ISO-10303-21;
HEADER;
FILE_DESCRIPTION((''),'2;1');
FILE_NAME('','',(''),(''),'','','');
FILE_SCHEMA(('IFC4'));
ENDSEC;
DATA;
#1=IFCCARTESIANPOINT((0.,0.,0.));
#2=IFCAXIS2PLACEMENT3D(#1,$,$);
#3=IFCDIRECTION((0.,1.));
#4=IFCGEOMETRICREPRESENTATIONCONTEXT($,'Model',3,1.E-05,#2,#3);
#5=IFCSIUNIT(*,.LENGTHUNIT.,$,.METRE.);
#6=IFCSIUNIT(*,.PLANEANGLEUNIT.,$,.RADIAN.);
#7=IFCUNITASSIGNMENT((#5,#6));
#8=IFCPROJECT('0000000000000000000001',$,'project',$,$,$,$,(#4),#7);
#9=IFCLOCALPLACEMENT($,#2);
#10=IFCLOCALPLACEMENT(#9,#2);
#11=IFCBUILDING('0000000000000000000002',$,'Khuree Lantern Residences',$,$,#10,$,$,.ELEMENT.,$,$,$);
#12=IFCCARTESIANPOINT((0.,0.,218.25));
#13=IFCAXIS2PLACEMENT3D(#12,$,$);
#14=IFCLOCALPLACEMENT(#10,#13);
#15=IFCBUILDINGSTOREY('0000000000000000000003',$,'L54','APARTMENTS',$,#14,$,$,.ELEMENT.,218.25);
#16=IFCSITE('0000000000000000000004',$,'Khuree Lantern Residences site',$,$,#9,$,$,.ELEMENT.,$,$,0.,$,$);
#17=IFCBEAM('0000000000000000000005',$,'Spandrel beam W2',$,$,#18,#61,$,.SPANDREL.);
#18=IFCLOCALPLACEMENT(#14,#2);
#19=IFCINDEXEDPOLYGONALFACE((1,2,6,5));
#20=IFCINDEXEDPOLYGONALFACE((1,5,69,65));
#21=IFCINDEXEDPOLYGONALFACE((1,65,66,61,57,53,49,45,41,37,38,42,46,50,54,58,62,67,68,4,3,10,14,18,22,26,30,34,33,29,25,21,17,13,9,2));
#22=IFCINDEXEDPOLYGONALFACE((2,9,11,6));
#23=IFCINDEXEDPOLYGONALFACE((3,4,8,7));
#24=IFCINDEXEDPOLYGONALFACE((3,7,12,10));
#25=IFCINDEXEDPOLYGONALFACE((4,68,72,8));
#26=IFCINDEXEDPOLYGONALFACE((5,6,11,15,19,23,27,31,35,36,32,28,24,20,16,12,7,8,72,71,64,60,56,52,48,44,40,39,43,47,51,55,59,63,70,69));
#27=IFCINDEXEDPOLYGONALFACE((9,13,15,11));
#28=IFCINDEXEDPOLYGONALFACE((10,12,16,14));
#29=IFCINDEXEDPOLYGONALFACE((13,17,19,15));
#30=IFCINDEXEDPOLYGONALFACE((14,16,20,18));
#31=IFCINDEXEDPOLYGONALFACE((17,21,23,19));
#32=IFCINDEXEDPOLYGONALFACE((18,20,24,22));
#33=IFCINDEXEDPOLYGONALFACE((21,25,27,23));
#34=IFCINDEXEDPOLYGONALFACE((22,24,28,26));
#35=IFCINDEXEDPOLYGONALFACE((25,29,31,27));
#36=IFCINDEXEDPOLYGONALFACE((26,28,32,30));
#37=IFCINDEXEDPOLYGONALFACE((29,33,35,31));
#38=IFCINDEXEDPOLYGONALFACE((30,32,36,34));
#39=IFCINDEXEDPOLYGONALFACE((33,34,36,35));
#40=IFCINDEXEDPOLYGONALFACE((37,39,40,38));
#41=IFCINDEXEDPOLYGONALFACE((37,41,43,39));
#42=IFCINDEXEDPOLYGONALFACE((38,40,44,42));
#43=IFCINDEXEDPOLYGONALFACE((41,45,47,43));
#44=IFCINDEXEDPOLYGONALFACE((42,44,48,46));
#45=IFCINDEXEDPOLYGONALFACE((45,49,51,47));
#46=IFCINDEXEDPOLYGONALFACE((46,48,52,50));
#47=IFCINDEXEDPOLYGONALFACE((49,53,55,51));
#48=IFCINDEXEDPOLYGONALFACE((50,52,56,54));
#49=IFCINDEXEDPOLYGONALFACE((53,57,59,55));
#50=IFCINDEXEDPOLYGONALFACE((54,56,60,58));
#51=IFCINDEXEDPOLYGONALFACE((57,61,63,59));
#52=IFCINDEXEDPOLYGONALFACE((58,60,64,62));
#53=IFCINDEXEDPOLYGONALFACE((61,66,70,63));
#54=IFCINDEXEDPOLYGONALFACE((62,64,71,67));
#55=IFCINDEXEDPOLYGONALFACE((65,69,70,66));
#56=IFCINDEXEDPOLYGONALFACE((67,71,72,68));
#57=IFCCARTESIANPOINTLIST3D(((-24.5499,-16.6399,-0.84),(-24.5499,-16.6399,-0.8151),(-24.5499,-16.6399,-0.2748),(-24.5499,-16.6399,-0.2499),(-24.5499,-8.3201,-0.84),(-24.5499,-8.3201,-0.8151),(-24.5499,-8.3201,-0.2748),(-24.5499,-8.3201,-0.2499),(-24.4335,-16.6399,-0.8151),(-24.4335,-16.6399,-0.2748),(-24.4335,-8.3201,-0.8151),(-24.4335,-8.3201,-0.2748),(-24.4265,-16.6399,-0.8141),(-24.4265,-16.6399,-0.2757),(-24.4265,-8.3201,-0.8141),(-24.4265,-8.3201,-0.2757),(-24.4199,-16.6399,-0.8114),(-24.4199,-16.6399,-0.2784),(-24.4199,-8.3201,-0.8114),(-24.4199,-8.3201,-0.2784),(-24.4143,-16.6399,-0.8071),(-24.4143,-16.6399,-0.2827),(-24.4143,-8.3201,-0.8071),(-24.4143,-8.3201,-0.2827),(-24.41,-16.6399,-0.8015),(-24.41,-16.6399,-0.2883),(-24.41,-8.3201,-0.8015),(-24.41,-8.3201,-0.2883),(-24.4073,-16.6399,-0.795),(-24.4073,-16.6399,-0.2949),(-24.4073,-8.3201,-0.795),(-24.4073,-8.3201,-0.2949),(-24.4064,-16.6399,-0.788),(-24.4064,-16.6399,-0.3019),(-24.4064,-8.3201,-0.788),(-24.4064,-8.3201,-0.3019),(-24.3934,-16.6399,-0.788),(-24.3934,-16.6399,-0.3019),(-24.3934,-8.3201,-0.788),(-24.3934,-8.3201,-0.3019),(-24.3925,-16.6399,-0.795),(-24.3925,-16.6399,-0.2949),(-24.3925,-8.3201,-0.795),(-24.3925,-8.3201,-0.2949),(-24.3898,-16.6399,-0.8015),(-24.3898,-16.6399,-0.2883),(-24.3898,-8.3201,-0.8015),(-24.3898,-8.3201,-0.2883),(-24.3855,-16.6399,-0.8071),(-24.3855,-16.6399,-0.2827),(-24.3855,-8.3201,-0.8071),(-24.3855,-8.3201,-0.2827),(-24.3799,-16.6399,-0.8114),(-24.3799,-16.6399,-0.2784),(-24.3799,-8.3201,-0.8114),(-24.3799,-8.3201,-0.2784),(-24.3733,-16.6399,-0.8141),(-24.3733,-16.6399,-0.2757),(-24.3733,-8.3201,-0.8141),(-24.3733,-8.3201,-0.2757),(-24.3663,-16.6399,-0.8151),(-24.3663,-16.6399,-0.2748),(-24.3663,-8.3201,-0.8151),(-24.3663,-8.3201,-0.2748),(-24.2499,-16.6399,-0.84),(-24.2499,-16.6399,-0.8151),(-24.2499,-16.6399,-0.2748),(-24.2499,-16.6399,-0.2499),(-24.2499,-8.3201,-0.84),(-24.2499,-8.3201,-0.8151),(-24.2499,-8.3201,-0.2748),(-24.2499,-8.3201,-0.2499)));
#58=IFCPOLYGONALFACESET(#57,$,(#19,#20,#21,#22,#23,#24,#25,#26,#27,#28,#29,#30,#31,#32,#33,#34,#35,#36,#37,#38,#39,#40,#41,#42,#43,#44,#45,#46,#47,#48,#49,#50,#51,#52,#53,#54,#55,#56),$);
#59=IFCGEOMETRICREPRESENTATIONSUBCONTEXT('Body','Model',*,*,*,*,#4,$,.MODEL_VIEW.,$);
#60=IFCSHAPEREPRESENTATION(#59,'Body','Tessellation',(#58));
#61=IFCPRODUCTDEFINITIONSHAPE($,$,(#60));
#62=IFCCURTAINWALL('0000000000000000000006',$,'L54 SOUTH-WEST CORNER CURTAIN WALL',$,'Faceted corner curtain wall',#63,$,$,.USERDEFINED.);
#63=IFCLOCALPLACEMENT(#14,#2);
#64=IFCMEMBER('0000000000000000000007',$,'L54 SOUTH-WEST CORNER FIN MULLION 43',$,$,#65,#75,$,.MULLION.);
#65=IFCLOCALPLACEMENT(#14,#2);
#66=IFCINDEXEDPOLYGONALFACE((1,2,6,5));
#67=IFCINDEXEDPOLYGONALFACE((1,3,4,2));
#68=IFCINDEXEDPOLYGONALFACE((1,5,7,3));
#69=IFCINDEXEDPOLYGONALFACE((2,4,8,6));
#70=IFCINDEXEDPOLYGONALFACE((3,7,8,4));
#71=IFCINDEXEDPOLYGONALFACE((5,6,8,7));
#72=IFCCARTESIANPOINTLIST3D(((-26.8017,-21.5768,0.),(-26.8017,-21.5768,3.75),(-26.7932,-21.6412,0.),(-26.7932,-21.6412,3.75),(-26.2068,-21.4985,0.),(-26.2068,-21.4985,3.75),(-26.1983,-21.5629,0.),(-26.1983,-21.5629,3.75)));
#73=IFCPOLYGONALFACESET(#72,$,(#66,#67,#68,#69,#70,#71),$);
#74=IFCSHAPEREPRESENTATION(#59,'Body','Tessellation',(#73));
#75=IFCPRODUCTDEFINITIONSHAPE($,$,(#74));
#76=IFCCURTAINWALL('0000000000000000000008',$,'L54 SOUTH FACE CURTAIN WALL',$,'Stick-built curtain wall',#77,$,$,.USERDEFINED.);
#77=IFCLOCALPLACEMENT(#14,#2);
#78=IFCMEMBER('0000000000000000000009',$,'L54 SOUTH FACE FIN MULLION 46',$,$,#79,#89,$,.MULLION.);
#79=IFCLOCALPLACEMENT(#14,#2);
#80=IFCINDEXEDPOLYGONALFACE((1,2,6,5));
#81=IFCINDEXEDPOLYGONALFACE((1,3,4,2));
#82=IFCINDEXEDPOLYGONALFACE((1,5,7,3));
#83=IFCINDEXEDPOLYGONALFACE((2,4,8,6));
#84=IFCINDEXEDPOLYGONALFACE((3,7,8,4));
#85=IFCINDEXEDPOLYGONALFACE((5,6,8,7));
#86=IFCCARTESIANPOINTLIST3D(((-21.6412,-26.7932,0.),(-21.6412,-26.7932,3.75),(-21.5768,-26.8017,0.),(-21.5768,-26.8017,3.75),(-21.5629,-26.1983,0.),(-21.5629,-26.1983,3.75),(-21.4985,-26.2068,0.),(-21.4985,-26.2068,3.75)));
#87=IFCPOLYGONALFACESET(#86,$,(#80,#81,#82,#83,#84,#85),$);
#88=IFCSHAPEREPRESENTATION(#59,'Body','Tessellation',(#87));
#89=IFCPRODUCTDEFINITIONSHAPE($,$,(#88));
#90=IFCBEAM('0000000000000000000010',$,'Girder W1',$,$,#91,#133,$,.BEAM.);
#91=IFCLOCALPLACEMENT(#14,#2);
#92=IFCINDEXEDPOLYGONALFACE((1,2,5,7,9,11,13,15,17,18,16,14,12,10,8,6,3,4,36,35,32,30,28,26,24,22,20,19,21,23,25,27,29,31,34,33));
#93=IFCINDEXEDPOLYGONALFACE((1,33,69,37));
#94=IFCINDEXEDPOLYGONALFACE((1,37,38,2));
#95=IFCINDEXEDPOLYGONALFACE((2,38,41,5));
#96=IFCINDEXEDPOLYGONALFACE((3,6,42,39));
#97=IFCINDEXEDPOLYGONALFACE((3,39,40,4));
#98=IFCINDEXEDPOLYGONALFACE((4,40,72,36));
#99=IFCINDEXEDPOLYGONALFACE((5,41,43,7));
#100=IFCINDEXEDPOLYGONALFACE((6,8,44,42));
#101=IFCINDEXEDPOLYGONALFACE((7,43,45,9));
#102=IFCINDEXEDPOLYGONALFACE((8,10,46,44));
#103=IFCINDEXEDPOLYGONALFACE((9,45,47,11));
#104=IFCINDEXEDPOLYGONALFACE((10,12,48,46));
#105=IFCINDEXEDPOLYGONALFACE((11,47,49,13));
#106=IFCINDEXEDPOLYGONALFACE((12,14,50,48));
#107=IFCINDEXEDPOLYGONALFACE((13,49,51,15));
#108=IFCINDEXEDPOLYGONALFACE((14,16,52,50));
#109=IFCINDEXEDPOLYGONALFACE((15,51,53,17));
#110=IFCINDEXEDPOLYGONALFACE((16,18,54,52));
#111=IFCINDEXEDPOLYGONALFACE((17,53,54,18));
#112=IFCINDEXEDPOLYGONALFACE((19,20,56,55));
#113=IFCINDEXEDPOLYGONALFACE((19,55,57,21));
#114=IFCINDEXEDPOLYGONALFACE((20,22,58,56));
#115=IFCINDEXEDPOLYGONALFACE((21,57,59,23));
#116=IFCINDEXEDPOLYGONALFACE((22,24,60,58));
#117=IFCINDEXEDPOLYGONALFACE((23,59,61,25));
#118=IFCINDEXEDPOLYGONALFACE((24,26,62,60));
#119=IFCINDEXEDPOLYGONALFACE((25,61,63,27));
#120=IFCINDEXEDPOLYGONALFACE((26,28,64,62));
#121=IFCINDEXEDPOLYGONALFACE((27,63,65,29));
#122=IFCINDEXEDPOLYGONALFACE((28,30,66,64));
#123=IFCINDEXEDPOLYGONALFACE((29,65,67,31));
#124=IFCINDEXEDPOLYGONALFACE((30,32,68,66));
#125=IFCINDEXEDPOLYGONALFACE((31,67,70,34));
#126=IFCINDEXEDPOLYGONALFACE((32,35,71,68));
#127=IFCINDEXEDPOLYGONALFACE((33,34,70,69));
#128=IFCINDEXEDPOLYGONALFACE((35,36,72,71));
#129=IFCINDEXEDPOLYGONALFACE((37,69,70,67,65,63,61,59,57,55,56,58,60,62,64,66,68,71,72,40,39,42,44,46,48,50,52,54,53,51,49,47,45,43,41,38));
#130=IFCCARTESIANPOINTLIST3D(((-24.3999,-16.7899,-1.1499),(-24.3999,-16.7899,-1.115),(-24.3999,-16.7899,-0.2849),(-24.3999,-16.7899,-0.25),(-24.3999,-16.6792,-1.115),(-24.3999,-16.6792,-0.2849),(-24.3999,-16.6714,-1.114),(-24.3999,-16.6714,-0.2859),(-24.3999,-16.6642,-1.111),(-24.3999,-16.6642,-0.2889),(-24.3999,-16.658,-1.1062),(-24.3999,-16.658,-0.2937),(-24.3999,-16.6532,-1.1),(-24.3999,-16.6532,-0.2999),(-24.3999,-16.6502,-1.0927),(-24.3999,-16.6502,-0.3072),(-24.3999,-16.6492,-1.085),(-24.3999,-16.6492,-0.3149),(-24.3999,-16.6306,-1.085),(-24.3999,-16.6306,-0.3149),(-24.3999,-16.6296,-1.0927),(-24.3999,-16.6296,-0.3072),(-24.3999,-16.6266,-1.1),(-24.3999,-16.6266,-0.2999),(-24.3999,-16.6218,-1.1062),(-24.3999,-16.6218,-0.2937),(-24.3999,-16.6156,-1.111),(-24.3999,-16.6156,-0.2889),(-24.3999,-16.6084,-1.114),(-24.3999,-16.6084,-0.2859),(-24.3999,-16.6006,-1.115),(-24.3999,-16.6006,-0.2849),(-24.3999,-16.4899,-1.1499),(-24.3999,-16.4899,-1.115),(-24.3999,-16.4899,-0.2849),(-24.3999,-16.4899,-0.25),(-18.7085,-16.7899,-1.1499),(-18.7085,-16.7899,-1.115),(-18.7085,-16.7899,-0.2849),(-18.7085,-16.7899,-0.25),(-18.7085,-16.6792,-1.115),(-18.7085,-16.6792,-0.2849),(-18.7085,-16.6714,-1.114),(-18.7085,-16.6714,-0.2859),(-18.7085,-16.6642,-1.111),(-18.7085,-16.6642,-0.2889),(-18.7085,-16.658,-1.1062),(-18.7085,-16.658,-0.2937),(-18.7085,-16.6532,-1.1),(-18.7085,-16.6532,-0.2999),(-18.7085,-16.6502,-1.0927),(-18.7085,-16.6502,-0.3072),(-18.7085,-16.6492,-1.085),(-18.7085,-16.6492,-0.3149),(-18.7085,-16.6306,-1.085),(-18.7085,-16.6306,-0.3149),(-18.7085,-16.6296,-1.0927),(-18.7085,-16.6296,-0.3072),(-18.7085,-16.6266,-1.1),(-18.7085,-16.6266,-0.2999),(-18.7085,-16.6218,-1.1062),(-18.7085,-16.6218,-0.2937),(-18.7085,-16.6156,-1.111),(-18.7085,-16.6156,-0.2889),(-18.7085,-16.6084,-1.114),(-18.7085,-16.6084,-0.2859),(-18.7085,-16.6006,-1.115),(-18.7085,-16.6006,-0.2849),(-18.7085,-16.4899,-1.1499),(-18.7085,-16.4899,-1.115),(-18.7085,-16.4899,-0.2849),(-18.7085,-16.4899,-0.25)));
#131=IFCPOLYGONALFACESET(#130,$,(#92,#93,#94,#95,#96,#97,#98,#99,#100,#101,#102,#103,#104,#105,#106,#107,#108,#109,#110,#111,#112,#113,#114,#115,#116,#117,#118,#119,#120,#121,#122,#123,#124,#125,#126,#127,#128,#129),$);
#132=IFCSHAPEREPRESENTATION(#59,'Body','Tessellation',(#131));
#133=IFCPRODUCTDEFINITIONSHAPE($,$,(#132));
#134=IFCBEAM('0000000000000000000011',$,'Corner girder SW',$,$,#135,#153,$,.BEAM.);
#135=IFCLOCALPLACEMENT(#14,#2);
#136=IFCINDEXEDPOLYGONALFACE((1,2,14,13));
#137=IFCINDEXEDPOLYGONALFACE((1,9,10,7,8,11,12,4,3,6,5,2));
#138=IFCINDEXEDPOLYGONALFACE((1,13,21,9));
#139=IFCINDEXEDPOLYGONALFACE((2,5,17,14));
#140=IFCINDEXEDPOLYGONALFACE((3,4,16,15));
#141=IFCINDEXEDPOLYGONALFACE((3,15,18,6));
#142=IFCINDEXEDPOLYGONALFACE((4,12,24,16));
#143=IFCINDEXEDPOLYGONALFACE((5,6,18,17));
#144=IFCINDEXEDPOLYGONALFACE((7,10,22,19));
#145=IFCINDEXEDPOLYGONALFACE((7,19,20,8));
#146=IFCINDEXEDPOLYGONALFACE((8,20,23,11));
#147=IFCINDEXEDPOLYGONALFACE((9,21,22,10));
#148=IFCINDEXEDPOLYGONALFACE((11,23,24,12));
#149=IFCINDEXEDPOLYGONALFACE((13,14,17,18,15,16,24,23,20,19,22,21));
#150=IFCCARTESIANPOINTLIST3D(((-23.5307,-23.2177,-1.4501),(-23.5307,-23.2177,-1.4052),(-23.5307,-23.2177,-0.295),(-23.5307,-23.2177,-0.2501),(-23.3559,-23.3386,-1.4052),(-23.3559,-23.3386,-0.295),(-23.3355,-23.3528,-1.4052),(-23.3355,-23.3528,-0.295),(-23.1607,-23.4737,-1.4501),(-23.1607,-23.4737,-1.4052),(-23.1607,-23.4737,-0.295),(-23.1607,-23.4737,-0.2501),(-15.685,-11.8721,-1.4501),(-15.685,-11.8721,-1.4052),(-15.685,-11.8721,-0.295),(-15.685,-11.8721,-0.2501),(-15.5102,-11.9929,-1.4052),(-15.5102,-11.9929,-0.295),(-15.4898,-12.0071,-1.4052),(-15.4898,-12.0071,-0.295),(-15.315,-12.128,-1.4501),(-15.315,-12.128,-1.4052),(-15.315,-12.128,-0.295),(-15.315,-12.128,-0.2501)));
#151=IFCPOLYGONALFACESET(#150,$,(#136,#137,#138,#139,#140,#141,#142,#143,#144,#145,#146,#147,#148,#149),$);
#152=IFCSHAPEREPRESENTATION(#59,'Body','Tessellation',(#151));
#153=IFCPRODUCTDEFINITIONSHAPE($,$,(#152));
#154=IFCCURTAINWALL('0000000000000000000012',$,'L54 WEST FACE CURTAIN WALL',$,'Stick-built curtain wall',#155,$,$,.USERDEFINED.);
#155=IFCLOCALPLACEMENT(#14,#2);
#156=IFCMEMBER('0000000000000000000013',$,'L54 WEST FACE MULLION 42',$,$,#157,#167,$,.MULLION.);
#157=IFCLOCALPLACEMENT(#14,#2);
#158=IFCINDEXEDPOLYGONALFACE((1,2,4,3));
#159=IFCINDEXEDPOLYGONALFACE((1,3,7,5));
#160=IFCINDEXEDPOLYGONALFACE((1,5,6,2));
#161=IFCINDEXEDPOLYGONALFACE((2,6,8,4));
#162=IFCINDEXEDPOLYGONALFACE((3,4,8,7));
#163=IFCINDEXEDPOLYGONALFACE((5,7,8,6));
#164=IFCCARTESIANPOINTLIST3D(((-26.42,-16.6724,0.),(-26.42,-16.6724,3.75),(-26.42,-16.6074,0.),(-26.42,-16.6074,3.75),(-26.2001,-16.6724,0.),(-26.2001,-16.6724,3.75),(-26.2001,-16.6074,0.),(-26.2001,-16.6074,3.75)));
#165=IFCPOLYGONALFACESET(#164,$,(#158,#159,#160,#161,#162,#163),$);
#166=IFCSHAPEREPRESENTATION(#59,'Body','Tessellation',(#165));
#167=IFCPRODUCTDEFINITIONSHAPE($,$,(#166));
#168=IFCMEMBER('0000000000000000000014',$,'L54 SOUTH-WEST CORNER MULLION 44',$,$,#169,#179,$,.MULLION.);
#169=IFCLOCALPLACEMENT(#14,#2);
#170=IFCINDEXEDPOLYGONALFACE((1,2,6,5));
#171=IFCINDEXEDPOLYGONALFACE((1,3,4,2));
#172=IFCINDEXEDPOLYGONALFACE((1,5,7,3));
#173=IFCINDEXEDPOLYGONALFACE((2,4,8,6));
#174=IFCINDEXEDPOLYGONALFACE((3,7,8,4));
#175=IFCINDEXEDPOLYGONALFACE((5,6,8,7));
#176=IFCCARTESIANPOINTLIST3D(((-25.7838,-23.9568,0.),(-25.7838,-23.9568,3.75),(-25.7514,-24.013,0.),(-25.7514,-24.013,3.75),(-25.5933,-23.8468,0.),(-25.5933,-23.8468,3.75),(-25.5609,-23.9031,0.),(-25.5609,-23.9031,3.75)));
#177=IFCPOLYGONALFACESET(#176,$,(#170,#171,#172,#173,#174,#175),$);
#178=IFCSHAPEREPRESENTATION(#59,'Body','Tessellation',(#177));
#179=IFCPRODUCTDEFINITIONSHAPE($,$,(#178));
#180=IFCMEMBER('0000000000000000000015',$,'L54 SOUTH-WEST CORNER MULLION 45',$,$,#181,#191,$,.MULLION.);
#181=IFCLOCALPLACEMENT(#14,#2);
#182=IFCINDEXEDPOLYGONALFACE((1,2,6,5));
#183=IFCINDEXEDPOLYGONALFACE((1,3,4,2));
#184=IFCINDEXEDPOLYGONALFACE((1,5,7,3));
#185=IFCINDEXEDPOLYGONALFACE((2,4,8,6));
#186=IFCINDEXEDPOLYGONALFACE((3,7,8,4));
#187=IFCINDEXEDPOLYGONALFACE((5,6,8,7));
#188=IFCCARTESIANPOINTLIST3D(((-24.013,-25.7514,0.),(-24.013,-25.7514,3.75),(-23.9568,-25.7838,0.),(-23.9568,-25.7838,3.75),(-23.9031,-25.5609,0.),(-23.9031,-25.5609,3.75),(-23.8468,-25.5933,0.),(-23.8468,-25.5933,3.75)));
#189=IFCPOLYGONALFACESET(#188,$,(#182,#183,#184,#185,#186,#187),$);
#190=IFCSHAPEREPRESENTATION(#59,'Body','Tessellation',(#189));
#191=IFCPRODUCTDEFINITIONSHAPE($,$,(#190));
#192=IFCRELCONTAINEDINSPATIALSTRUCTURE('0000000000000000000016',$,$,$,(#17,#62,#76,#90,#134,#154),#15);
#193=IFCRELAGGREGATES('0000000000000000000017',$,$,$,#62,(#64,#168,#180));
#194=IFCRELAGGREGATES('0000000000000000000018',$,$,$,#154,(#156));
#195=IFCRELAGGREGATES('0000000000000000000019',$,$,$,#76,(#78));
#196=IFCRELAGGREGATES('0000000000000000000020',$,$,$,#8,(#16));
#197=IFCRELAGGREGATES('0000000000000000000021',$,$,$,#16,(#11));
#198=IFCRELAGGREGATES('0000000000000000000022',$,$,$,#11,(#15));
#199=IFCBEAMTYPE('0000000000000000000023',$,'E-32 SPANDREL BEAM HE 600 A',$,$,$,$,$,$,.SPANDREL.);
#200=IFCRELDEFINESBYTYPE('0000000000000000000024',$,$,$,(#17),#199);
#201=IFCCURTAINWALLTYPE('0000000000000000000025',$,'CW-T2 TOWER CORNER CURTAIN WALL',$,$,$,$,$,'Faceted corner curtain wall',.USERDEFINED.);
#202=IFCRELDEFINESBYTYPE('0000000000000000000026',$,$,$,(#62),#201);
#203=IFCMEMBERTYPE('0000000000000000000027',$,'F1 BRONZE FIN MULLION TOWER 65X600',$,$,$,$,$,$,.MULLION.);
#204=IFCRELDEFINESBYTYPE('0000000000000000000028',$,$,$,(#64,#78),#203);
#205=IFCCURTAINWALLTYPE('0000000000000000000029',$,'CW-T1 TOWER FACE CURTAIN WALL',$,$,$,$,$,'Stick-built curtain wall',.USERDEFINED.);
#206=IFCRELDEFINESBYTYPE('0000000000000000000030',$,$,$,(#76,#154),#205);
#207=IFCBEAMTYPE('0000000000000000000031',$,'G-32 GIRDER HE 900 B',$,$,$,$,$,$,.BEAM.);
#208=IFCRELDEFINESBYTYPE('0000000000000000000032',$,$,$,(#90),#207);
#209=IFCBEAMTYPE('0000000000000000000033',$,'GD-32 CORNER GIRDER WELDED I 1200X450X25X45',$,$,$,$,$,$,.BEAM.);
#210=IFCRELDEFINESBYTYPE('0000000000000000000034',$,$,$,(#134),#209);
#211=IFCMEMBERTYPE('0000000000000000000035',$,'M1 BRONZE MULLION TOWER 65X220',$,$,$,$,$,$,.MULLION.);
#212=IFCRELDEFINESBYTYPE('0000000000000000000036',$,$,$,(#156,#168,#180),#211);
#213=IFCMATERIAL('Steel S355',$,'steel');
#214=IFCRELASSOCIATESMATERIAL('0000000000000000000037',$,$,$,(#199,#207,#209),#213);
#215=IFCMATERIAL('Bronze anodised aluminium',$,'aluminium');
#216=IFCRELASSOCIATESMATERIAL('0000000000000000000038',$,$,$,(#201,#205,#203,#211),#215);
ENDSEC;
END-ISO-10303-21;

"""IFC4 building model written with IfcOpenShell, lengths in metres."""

from ifc_helpers import new_model, si_unit, direction, frame, origin, origin_2d, place, context, subcontext, project, spatial, rectangle, i_section, extrude, material, material_profile, profile_set, type_object, element, aggregate, save


model = new_model("IFC4")

# Units and contexts
model_context = context("Model", 3, precision=1e-05, world=origin(), true_north=direction((0.0, 1.0)))
body_context = subcontext(model_context, "Body", "Model", "MODEL_VIEW")
ifc_project = project(units=[si_unit("LENGTHUNIT", "METRE"), si_unit("PLANEANGLEUNIT", "RADIAN")], contexts=[model_context])

# Site, building, storey
site_placement = place(None, origin())
site = spatial("IfcSite", under=ifc_project, at=site_placement, Name="Khuree Lantern Residences site", CompositionType="ELEMENT", RefElevation=0.0)
building_placement = place(site_placement, origin())
building = spatial("IfcBuilding", under=site, at=building_placement, Name="Khuree Lantern Residences", CompositionType="ELEMENT")
storey_placement = place(building_placement, frame((0.0, 0.0, 218.25)))
storey = spatial("IfcBuildingStorey", under=building, at=storey_placement, Name="L54", Description="APARTMENTS", CompositionType="ELEMENT", Elevation=218.25)

# Beam
ifc_material_1 = material(Name="Steel S355", Category="steel")
ifc_material_profile_1 = material_profile(ifc_material_1, i_section(OverallWidth=0.3, OverallDepth=0.5901, WebThickness=0.0129, FlangeThickness=0.0249, FilletRadius=0.0271, at=origin_2d()), Name="HE 600 A")
ifc_profile_set_1 = profile_set([ifc_material_profile_1], Name="Steel S355")
beam_type_1 = type_object("IfcBeamType", Name="E-32 SPANDREL BEAM HE 600 A", PredefinedType="SPANDREL", material=ifc_profile_set_1)
beam_1_placement = place(storey_placement, frame((-24.3999, -16.6399, -0.5449), z_axis=(0.0, 1.0, 0.0), x_axis=(-1.0, 0.0, 0.0)))
element("IfcBeam", 1, at=beam_1_placement, inside=storey, type_object=beam_type_1, Name="Spandrel beam W2", PredefinedType="SPANDREL", context=body_context, shape_type="SweptSolid", body=[
    extrude(i_section(OverallWidth=0.3, OverallDepth=0.5901, WebThickness=0.0129, FlangeThickness=0.0249, FilletRadius=0.0271, at=origin_2d()), origin(), (0.0, 0.0, 1.0), 8.3198),
])

# Curtain walls, members
ifc_material_2 = material(Name="Bronze anodised aluminium", Category="aluminium")
curtain_wall_type_1 = type_object("IfcCurtainWallType", Name="CW-T2 TOWER CORNER CURTAIN WALL", ElementType="Faceted corner curtain wall", PredefinedType="USERDEFINED", material=ifc_material_2)
curtain_wall_1_placement = place(storey_placement, origin())
curtain_wall_1 = element("IfcCurtainWall", 2, at=curtain_wall_1_placement, inside=storey, type_object=curtain_wall_type_1, Name="L54 SOUTH-WEST CORNER CURTAIN WALL", ObjectType="Faceted corner curtain wall", PredefinedType="USERDEFINED")
ifc_material_profile_2 = material_profile(ifc_material_2, rectangle(XDim=0.0649, YDim=0.6001, at=origin_2d()), Name="F1 65X600")
ifc_profile_set_2 = profile_set([ifc_material_profile_2], Name="Bronze anodised aluminium")
member_type_1 = type_object("IfcMemberType", Name="F1 BRONZE FIN MULLION TOWER 65X600", PredefinedType="MULLION", material=ifc_profile_set_2)
member_1_placement = place(storey_placement, frame((-26.5, -21.5698, 0.0), z_axis=(0.0, 0.0, 1.0), x_axis=(0.130526, -0.991445, 0.0)))
member_1 = element("IfcMember", 3, at=member_1_placement, type_object=member_type_1, Name="L54 SOUTH-WEST CORNER FIN MULLION 43", PredefinedType="MULLION", context=body_context, shape_type="SweptSolid", body=[
    extrude(rectangle(XDim=0.0649, YDim=0.6001, at=origin_2d()), origin(), (0.0, 0.0, 1.0), 3.75),
])
curtain_wall_type_2 = type_object("IfcCurtainWallType", Name="CW-T1 TOWER FACE CURTAIN WALL", ElementType="Stick-built curtain wall", PredefinedType="USERDEFINED", material=ifc_material_2)
curtain_wall_2_placement = place(storey_placement, origin())
curtain_wall_2 = element("IfcCurtainWall", 4, at=curtain_wall_2_placement, inside=storey, type_object=curtain_wall_type_2, Name="L54 SOUTH FACE CURTAIN WALL", ObjectType="Stick-built curtain wall", PredefinedType="USERDEFINED")
member_2_placement = place(storey_placement, frame((-21.5698, -26.5, 0.0), z_axis=(0.0, 0.0, 1.0), x_axis=(0.991445, -0.130526, 0.0)))
member_2 = element("IfcMember", 5, at=member_2_placement, type_object=member_type_1, Name="L54 SOUTH FACE FIN MULLION 46", PredefinedType="MULLION", context=body_context, shape_type="SweptSolid", body=[
    extrude(rectangle(XDim=0.0649, YDim=0.6001, at=origin_2d()), origin(), (0.0, 0.0, 1.0), 3.75),
])

# Beams
ifc_material_profile_3 = material_profile(ifc_material_1, i_section(OverallWidth=0.3, OverallDepth=0.8999, WebThickness=0.0186, FlangeThickness=0.0349, FilletRadius=0.03, at=origin_2d()), Name="HE 900 B")
ifc_profile_set_3 = profile_set([ifc_material_profile_3], Name="Steel S355")
beam_type_2 = type_object("IfcBeamType", Name="G-32 GIRDER HE 900 B", PredefinedType="BEAM", material=ifc_profile_set_3)
beam_2_placement = place(storey_placement, frame((-24.3999, -16.6399, -0.7), z_axis=(1.0, 0.0, 0.0), x_axis=(0.0, 1.0, 0.0)))
element("IfcBeam", 6, at=beam_2_placement, inside=storey, type_object=beam_type_2, Name="Girder W1", PredefinedType="BEAM", context=body_context, shape_type="SweptSolid", body=[
    extrude(i_section(OverallWidth=0.3, OverallDepth=0.8999, WebThickness=0.0186, FlangeThickness=0.0349, FilletRadius=0.03, at=origin_2d()), origin(), (0.0, 0.0, 1.0), 5.6914),
])
ifc_material_profile_4 = material_profile(ifc_material_1, i_section(OverallWidth=0.45, OverallDepth=1.2, WebThickness=0.0249, FlangeThickness=0.0449, at=origin_2d()), Name="WELDED I 1200X450X25X45")
ifc_profile_set_4 = profile_set([ifc_material_profile_4], Name="Steel S355")
beam_type_3 = type_object("IfcBeamType", Name="GD-32 CORNER GIRDER WELDED I 1200X450X25X45", PredefinedType="BEAM", material=ifc_profile_set_4)
beam_3_placement = place(storey_placement, frame((-23.3457, -23.3457, -0.8501), z_axis=(0.568768, 0.822498, 0.0), x_axis=(-0.822498, 0.568768, 0.0)))
element("IfcBeam", 7, at=beam_3_placement, inside=storey, type_object=beam_type_3, Name="Corner girder SW", PredefinedType="BEAM", context=body_context, shape_type="SweptSolid", body=[
    extrude(i_section(OverallWidth=0.45, OverallDepth=1.2, WebThickness=0.0249, FlangeThickness=0.0449, at=origin_2d()), origin(), (0.0, 0.0, 1.0), 13.7942),
])

# Curtain wall, member
curtain_wall_3_placement = place(storey_placement, origin())
curtain_wall_3 = element("IfcCurtainWall", 8, at=curtain_wall_3_placement, inside=storey, type_object=curtain_wall_type_2, Name="L54 WEST FACE CURTAIN WALL", ObjectType="Stick-built curtain wall", PredefinedType="USERDEFINED")
ifc_material_profile_5 = material_profile(ifc_material_2, rectangle(XDim=0.0649, YDim=0.22, at=origin_2d()), Name="M1 65X220")
ifc_profile_set_5 = profile_set([ifc_material_profile_5], Name="Bronze anodised aluminium")
member_type_2 = type_object("IfcMemberType", Name="M1 BRONZE MULLION TOWER 65X220", PredefinedType="MULLION", material=ifc_profile_set_5)
member_3_placement = place(storey_placement, frame((-26.3101, -16.6399, 0.0), z_axis=(0.0, 0.0, 1.0), x_axis=(0.0, -1.0, 0.0)))
member_3 = element("IfcMember", 9, at=member_3_placement, type_object=member_type_2, Name="L54 WEST FACE MULLION 42", PredefinedType="MULLION", context=body_context, shape_type="SweptSolid", body=[
    extrude(rectangle(XDim=0.0649, YDim=0.22, at=origin_2d()), origin(), (0.0, 0.0, 1.0), 3.75),
])

# Members
member_4_placement = place(storey_placement, frame((-25.6724, -23.9299, 0.0), z_axis=(0.0, 0.0, 1.0), x_axis=(0.5, -0.866025, 0.0)))
member_4 = element("IfcMember", 10, at=member_4_placement, type_object=member_type_2, Name="L54 SOUTH-WEST CORNER MULLION 44", PredefinedType="MULLION", context=body_context, shape_type="SweptSolid", body=[
    extrude(rectangle(XDim=0.0649, YDim=0.22, at=origin_2d()), origin(), (0.0, 0.0, 1.0), 3.75),
])
member_5_placement = place(storey_placement, frame((-23.9299, -25.6724, 0.0), z_axis=(0.0, 0.0, 1.0), x_axis=(0.866025, -0.5, 0.0)))
member_5 = element("IfcMember", 11, at=member_5_placement, type_object=member_type_2, Name="L54 SOUTH-WEST CORNER MULLION 45", PredefinedType="MULLION", context=body_context, shape_type="SweptSolid", body=[
    extrude(rectangle(XDim=0.0649, YDim=0.22, at=origin_2d()), origin(), (0.0, 0.0, 1.0), 3.75),
])

aggregate(curtain_wall_1, [member_1, member_4, member_5])
aggregate(curtain_wall_3, [member_3])
aggregate(curtain_wall_2, [member_2])

save(model, "model.ifc")
